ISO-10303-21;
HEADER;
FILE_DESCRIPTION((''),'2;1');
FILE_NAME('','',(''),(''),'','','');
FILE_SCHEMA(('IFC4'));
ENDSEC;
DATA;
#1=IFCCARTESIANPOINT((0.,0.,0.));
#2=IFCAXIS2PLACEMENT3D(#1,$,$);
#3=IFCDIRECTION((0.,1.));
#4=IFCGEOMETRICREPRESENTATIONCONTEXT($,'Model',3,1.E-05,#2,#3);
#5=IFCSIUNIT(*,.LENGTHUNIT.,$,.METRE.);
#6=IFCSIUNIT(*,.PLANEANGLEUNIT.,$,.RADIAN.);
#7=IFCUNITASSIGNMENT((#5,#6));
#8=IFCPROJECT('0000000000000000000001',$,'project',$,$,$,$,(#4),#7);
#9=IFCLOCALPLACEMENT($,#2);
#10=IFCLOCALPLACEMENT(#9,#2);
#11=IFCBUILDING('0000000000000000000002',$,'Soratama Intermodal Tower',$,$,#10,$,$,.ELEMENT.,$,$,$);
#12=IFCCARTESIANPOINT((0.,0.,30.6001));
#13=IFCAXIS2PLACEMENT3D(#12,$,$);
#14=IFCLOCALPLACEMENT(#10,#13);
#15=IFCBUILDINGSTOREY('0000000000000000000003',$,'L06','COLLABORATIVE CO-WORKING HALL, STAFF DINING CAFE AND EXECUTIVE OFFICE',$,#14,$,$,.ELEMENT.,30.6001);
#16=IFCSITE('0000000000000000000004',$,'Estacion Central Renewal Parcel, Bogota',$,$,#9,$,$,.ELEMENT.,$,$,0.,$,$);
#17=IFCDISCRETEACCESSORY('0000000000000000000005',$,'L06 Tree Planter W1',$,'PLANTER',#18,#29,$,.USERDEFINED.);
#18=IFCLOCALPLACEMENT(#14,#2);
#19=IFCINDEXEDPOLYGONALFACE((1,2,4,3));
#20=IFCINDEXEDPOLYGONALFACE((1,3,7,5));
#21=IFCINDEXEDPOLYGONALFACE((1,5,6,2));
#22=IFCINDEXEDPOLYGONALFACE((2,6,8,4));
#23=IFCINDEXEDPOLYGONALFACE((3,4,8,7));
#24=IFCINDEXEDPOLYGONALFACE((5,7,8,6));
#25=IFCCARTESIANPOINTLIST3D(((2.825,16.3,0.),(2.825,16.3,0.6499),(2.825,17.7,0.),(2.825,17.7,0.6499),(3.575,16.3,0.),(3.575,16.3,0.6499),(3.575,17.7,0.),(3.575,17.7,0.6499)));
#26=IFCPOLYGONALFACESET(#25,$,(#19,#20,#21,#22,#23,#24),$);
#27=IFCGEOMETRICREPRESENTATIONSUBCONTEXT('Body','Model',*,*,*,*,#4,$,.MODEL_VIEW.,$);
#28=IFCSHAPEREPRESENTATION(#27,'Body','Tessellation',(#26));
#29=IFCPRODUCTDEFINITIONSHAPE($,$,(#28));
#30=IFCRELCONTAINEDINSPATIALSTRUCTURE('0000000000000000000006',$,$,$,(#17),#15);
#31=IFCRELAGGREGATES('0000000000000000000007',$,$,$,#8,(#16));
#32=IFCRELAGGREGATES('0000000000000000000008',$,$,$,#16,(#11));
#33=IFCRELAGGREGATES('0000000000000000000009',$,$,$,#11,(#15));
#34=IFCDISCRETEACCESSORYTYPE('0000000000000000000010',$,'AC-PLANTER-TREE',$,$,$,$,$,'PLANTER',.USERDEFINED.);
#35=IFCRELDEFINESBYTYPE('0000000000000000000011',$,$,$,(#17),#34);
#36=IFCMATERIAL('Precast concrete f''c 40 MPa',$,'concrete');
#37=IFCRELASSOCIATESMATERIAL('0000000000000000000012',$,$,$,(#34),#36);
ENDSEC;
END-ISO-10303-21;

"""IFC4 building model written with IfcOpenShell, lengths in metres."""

from ifc_helpers import new_model, si_unit, direction, frame, origin, origin_2d, place, context, subcontext, project, spatial, rectangle, extrude, material, type_object, element, save


model = new_model("IFC4")

# Units and contexts
model_context = context("Model", 3, precision=1e-05, world=origin(), true_north=direction((0.0, 1.0)))
body_context = subcontext(model_context, "Body", "Model", "MODEL_VIEW")
ifc_project = project(units=[si_unit("LENGTHUNIT", "METRE"), si_unit("PLANEANGLEUNIT", "RADIAN")], contexts=[model_context])

# Site, building, storey
site_placement = place(None, origin())
site = spatial("IfcSite", under=ifc_project, at=site_placement, Name="Estacion Central Renewal Parcel, Bogota", CompositionType="ELEMENT", RefElevation=0.0)
building_placement = place(site_placement, origin())
building = spatial("IfcBuilding", under=site, at=building_placement, Name="Soratama Intermodal Tower", CompositionType="ELEMENT")
storey_placement = place(building_placement, frame((0.0, 0.0, 30.6001)))
storey = spatial("IfcBuildingStorey", under=building, at=storey_placement, Name="L06", Description="COLLABORATIVE CO-WORKING HALL, STAFF DINING CAFE AND EXECUTIVE OFFICE", CompositionType="ELEMENT", Elevation=30.6001)

# Discrete accessory
ifc_material_1 = material(Name="Precast concrete f'c 40 MPa", Category="concrete")
discrete_accessory_type_1 = type_object("IfcDiscreteAccessoryType", Name="AC-PLANTER-TREE", ElementType="PLANTER", PredefinedType="USERDEFINED", material=ifc_material_1)
discrete_accessory_1_placement = place(storey_placement, frame((3.2, 17.0, 0.0), z_axis=(0.0, 0.0, 1.0), x_axis=(1.0, 0.0, 0.0)))
element("IfcDiscreteAccessory", 1, at=discrete_accessory_1_placement, inside=storey, type_object=discrete_accessory_type_1, Name="L06 Tree Planter W1", ObjectType="PLANTER", PredefinedType="USERDEFINED", context=body_context, shape_type="SweptSolid", body=[
    extrude(rectangle(XDim=0.75, YDim=1.3999, at=origin_2d()), origin(), (0.0, 0.0, 1.0), 0.6499),
])

save(model, "model.ifc")
